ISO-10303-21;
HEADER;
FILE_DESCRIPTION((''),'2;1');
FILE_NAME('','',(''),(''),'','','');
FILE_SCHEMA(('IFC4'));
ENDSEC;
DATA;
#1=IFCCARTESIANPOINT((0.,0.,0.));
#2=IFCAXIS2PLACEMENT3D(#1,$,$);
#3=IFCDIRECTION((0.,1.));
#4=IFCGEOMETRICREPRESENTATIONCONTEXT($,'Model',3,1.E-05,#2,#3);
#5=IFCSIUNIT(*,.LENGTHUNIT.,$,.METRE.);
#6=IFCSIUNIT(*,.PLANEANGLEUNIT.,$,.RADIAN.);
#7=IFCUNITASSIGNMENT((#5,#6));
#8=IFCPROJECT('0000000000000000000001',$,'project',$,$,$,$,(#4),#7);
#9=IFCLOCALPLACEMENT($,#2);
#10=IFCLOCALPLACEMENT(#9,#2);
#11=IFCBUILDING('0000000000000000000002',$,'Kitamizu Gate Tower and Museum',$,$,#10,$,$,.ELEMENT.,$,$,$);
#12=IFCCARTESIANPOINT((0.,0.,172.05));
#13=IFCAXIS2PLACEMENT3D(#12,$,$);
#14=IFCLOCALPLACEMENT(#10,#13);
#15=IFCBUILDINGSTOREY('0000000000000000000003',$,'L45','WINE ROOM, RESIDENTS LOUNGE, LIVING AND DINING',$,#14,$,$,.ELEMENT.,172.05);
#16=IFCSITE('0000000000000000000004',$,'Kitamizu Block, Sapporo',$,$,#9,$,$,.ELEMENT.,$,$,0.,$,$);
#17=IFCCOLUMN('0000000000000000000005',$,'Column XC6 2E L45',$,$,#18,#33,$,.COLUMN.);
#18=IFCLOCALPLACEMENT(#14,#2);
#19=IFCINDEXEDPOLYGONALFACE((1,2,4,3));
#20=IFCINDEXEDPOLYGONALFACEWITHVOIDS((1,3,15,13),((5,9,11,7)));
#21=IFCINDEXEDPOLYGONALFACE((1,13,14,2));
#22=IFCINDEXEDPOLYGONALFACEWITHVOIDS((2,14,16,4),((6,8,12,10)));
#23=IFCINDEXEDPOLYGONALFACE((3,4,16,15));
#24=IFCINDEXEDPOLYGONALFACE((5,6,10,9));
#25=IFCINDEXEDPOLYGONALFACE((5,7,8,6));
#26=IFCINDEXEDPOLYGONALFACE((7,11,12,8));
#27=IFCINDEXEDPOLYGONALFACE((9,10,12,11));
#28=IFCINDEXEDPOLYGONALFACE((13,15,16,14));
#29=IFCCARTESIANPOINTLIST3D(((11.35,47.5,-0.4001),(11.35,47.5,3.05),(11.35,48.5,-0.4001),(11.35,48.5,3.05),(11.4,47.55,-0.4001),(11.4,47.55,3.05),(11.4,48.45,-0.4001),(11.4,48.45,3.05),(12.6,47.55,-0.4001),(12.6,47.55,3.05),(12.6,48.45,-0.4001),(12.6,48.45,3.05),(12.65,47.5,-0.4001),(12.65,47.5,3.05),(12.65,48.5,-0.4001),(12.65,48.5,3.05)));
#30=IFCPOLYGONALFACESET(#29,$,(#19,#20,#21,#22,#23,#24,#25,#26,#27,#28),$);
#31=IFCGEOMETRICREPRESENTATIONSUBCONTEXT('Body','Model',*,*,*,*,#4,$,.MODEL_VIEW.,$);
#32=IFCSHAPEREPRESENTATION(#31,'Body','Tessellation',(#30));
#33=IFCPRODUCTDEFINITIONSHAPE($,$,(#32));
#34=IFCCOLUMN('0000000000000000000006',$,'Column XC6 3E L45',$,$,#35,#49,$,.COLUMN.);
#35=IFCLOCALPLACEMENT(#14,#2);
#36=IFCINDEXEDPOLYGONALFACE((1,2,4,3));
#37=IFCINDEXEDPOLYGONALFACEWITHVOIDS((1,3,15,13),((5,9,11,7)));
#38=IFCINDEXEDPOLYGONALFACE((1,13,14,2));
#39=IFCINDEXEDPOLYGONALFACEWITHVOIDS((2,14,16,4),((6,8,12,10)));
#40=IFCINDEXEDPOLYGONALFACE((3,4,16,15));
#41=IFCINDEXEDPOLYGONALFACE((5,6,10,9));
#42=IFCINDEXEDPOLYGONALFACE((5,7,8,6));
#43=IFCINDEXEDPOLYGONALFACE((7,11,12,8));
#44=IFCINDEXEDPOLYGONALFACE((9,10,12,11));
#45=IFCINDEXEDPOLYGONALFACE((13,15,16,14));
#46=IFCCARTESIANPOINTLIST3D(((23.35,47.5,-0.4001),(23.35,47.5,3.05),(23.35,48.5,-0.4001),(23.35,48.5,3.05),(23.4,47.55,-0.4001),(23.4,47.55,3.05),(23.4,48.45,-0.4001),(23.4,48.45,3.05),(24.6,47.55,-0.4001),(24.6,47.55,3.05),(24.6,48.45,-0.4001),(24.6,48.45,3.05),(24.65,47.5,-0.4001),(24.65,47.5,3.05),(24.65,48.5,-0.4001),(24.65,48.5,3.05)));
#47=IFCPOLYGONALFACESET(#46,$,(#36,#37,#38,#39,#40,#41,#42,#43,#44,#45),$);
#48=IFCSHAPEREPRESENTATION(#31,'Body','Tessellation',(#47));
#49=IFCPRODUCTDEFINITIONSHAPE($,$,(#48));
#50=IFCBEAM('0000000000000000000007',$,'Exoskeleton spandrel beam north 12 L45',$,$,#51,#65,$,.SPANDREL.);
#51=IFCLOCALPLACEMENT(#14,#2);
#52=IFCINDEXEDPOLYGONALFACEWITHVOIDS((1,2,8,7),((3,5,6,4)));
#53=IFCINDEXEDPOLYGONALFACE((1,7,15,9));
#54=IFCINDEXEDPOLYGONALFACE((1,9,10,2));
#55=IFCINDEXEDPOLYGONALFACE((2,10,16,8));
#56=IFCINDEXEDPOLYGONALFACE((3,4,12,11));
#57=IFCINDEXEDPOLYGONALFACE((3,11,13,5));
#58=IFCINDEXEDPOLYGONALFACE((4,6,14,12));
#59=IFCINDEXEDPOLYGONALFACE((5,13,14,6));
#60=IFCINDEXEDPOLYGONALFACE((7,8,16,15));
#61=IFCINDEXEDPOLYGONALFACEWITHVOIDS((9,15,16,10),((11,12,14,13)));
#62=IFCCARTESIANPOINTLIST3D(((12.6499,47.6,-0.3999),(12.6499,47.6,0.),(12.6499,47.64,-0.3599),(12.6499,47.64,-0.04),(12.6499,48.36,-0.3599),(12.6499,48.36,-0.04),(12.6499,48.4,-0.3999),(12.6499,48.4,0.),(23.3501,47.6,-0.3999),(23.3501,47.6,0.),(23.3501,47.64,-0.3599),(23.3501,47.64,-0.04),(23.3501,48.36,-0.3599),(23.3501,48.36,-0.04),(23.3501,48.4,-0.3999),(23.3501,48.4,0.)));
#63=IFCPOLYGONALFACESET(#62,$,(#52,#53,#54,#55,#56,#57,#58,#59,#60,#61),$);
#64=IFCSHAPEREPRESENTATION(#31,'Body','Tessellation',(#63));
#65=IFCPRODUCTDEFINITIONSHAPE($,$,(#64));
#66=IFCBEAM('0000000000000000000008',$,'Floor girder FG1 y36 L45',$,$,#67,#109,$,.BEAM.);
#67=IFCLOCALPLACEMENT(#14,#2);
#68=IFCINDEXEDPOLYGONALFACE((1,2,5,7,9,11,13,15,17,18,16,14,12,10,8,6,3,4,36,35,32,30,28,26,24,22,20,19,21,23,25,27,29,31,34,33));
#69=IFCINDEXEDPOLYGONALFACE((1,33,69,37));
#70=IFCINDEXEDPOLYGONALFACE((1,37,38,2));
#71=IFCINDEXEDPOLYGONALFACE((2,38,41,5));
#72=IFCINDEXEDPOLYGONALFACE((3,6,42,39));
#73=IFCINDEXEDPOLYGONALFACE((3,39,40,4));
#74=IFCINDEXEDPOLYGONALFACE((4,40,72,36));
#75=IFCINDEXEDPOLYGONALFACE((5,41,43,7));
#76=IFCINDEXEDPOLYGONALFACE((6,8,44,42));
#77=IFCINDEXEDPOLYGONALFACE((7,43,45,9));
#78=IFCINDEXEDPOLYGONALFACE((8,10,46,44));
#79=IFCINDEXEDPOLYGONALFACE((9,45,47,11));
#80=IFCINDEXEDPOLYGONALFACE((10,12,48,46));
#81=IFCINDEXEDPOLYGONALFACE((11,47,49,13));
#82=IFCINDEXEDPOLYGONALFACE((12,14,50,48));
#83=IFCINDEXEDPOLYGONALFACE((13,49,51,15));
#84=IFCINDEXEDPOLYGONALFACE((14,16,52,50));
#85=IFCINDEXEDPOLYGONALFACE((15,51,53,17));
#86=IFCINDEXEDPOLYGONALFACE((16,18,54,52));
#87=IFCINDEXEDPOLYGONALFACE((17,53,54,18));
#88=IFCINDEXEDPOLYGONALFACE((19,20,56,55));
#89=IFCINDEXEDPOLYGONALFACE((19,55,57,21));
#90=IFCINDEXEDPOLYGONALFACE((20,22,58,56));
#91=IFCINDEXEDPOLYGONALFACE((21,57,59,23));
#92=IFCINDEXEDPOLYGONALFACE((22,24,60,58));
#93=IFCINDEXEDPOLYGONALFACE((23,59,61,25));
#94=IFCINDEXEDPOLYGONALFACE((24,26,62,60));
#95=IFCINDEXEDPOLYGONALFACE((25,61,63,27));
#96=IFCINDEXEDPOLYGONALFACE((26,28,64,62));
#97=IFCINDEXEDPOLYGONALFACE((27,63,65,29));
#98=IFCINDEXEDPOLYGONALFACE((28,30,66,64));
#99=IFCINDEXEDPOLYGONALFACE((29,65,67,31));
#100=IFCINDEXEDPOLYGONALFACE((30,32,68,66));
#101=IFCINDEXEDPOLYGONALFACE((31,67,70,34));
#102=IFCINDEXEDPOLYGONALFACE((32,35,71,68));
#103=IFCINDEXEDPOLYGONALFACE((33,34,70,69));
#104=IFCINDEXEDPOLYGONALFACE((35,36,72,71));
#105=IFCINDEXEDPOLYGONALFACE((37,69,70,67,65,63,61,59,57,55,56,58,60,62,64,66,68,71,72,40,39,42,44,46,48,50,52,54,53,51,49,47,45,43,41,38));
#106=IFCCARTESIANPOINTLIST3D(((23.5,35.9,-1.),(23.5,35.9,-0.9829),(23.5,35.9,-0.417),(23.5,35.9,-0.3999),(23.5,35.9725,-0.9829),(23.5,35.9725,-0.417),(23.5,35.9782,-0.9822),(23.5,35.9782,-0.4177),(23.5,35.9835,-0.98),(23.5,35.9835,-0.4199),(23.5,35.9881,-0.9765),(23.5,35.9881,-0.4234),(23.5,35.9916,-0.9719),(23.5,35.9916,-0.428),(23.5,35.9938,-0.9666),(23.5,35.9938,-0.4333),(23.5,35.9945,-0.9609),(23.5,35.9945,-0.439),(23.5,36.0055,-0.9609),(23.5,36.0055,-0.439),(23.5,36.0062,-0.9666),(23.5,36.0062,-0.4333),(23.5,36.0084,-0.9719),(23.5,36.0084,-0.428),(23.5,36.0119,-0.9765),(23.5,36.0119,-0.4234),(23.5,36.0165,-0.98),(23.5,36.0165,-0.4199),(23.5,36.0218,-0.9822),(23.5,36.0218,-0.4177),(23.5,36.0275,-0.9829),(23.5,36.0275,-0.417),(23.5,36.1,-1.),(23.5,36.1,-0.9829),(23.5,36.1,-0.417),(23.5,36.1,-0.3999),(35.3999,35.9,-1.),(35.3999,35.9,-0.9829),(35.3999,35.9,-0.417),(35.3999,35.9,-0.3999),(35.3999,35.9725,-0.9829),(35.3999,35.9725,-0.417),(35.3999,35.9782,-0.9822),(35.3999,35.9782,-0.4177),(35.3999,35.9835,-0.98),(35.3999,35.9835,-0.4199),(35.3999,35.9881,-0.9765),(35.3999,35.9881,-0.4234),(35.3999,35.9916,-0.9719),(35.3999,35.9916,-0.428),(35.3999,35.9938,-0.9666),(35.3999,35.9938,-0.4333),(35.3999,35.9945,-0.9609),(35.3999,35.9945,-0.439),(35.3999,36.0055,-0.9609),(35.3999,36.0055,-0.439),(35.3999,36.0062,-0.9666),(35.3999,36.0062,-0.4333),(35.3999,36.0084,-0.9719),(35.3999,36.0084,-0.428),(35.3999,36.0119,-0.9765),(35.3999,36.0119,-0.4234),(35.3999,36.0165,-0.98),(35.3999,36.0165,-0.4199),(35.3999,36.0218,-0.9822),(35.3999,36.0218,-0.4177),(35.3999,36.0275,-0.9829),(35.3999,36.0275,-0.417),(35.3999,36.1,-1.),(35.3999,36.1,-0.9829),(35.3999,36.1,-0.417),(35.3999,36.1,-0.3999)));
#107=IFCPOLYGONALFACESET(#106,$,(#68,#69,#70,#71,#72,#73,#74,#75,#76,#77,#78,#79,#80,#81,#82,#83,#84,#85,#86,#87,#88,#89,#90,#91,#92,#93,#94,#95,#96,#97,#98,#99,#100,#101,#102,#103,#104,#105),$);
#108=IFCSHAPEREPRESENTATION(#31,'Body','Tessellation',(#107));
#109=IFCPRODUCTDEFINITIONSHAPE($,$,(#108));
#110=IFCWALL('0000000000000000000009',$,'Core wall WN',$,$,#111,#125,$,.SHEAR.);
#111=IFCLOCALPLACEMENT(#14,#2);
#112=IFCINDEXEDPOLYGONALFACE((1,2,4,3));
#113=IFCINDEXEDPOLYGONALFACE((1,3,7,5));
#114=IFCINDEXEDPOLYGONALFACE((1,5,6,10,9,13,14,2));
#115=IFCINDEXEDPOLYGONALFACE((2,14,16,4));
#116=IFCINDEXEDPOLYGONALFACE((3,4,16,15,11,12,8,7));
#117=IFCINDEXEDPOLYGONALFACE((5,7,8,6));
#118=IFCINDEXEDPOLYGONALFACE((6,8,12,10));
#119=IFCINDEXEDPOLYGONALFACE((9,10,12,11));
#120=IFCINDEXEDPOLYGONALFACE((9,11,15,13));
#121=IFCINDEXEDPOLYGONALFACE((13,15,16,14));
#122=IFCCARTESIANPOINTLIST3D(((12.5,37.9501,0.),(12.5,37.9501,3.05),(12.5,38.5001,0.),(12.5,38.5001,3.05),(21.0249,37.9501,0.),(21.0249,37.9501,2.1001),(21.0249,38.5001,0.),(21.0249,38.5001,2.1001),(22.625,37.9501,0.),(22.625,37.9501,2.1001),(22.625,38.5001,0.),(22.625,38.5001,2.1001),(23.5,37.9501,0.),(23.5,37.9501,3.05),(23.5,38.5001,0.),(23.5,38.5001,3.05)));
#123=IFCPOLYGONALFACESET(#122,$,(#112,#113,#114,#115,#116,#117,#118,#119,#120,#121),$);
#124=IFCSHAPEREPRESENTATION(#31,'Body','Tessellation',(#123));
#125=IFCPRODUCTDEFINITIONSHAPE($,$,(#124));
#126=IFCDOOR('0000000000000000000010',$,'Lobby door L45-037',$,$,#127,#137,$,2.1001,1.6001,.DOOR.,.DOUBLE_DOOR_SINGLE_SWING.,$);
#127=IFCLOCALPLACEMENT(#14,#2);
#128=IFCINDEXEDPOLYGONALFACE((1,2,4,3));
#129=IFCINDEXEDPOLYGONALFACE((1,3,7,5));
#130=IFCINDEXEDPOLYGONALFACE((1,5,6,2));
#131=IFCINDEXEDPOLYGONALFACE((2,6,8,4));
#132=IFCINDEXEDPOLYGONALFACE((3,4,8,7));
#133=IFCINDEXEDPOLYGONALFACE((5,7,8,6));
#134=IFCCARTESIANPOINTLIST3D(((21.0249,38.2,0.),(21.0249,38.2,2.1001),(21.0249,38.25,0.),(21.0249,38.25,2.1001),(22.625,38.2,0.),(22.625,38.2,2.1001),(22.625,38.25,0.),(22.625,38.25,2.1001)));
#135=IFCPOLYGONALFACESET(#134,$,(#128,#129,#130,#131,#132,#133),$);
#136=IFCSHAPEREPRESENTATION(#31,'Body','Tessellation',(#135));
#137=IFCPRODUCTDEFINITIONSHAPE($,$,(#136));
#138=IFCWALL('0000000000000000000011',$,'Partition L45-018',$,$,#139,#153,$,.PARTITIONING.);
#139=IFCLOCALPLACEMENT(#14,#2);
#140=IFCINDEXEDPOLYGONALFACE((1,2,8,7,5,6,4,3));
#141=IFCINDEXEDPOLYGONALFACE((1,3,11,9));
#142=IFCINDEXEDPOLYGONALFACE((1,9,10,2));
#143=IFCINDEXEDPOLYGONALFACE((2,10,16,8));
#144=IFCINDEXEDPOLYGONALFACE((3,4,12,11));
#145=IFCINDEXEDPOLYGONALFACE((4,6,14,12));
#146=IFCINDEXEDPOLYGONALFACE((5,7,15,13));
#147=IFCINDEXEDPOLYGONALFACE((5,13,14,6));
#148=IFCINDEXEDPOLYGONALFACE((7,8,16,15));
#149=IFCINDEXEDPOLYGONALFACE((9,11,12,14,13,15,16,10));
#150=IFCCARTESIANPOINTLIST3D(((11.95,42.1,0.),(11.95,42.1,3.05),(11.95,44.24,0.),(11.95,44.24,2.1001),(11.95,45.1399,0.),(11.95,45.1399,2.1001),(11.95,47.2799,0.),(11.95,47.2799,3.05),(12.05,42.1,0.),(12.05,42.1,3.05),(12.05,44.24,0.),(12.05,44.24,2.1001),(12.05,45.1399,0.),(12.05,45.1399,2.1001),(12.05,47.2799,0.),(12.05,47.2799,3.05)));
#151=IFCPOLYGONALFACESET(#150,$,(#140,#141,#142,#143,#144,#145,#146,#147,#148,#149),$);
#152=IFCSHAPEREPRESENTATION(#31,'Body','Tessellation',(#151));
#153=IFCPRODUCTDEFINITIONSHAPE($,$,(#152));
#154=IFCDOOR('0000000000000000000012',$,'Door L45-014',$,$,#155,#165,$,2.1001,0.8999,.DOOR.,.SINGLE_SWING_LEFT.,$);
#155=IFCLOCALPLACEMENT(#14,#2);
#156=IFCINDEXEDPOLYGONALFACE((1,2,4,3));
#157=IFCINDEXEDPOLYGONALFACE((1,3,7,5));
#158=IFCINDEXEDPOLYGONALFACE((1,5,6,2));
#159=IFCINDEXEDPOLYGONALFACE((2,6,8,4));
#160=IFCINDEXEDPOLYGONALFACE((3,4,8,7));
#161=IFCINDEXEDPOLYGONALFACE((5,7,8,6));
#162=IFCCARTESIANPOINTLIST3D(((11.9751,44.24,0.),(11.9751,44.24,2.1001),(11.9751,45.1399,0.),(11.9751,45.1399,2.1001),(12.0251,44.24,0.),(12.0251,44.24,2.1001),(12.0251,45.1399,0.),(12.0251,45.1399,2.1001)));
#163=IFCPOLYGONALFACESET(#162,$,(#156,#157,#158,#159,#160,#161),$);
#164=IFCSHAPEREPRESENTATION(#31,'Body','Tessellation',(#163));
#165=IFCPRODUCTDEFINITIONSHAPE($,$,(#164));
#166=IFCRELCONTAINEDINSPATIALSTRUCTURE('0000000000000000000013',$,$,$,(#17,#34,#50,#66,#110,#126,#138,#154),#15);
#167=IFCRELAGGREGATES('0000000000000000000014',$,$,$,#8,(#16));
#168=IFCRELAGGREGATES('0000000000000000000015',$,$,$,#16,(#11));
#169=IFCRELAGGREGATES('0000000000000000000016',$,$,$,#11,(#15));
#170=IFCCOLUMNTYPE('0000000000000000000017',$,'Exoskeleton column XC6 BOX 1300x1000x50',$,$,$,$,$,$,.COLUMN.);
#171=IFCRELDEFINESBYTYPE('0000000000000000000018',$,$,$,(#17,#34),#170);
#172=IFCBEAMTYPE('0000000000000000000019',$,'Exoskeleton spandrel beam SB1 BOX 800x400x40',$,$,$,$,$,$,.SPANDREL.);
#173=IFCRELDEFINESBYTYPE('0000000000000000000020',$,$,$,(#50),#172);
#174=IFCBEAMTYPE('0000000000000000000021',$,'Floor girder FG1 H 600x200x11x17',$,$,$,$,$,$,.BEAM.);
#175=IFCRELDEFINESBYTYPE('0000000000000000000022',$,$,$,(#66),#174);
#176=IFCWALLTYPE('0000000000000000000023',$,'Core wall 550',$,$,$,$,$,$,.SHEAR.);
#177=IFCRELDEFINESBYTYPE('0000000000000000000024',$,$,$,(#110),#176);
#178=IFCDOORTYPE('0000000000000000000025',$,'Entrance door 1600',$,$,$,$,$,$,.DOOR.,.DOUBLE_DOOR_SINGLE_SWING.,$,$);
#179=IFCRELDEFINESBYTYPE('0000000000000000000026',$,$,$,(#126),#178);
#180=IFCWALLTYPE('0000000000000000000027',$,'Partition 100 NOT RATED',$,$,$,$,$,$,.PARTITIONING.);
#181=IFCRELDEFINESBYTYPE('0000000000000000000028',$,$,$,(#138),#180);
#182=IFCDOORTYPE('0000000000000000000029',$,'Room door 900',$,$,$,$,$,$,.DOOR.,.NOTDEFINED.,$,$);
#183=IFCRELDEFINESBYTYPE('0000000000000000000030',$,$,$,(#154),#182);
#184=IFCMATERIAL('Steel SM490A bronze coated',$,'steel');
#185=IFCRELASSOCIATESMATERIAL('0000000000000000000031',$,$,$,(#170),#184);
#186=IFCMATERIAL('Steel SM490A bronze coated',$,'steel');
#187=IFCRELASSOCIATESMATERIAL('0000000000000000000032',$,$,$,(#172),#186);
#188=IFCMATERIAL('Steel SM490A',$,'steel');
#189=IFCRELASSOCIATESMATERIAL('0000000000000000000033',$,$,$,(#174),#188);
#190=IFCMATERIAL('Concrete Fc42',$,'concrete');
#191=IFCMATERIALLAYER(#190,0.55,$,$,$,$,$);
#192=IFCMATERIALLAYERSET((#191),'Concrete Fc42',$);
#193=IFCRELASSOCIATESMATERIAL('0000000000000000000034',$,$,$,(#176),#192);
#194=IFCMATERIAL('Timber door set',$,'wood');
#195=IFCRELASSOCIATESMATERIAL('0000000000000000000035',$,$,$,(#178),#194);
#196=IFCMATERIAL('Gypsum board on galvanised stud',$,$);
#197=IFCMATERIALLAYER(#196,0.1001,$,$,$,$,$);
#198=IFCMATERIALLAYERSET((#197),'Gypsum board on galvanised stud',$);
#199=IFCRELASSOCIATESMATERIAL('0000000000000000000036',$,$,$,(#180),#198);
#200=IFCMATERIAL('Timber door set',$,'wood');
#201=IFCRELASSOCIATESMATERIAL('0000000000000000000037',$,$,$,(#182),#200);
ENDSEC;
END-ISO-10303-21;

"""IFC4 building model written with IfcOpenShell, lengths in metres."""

from ifc_helpers import new_model, si_unit, direction, frame, frame_2d, origin, origin_2d, place, context, subcontext, project, spatial, rectangle, hollow_rectangle, i_section, extrude, material, layer, layer_set, material_profile, profile_set, type_object, element, fill, save


model = new_model("IFC4")

# Units and contexts
model_context = context("Model", 3, precision=1e-05, world=origin(), true_north=direction((0.0, 1.0)))
body_context = subcontext(model_context, "Body", "Model", "MODEL_VIEW")
ifc_project = project(units=[si_unit("LENGTHUNIT", "METRE"), si_unit("PLANEANGLEUNIT", "RADIAN")], contexts=[model_context])

# Site, building, storey
site_placement = place(None, origin())
site = spatial("IfcSite", under=ifc_project, at=site_placement, Name="Kitamizu Block, Sapporo", CompositionType="ELEMENT", RefElevation=0.0)
building_placement = place(site_placement, origin())
building = spatial("IfcBuilding", under=site, at=building_placement, Name="Kitamizu Gate Tower and Museum", CompositionType="ELEMENT")
storey_placement = place(building_placement, frame((0.0, 0.0, 172.05)))
storey = spatial("IfcBuildingStorey", under=building, at=storey_placement, Name="L45", Description="WINE ROOM, RESIDENTS LOUNGE, LIVING AND DINING", CompositionType="ELEMENT", Elevation=172.05)

# Columns
ifc_material_1 = material(Name="Steel SM490A bronze coated", Category="steel")
ifc_material_profile_1 = material_profile(ifc_material_1, hollow_rectangle(XDim=1.3, YDim=1.0, WallThickness=0.05, at=origin_2d()), Name="BOX 1300x1000x50")
ifc_profile_set_1 = profile_set([ifc_material_profile_1], Name="Steel SM490A bronze coated")
column_type = type_object("IfcColumnType", Name="Exoskeleton column XC6 BOX 1300x1000x50", PredefinedType="COLUMN", material=ifc_profile_set_1)
for number, where, z_axis, x_axis, name in (
    (1, (12.0, 48.0, -0.4001), (0.0, 0.0, 1.0), (1.0, 0.0, 0.0), "Column XC6 2E L45"),
    (2, (24.0, 48.0, -0.4001), (0.0, 0.0, 1.0), (1.0, 0.0, 0.0), "Column XC6 3E L45"),
):
    element("IfcColumn", number, at=place(storey_placement, frame(where, z_axis=z_axis, x_axis=x_axis)), inside=storey, type_object=column_type, Name=name, PredefinedType="COLUMN", context=body_context, shape_type="SweptSolid", body=[
        extrude(hollow_rectangle(XDim=1.3, YDim=1.0, WallThickness=0.05, at=origin_2d()), origin(), (0.0, 0.0, 1.0), 3.4502),
    ])

# Beams
ifc_material_2 = material(Name="Steel SM490A bronze coated", Category="steel")
ifc_material_profile_2 = material_profile(ifc_material_2, hollow_rectangle(XDim=0.8, YDim=0.3999, WallThickness=0.04, at=origin_2d()), Name="BOX 800x400x40")
ifc_profile_set_2 = profile_set([ifc_material_profile_2], Name="Steel SM490A bronze coated")
beam_type_1 = type_object("IfcBeamType", Name="Exoskeleton spandrel beam SB1 BOX 800x400x40", PredefinedType="SPANDREL", material=ifc_profile_set_2)
beam_1_placement = place(storey_placement, frame((12.6499, 48.0, -0.2), z_axis=(1.0, 0.0, 0.0), x_axis=(0.0, 1.0, 0.0)))
element("IfcBeam", 3, at=beam_1_placement, inside=storey, type_object=beam_type_1, Name="Exoskeleton spandrel beam north 12 L45", PredefinedType="SPANDREL", context=body_context, shape_type="SweptSolid", body=[
    extrude(hollow_rectangle(XDim=0.8, YDim=0.3999, WallThickness=0.04, at=origin_2d()), origin(), (0.0, 0.0, 1.0), 10.7002),
])
ifc_material_3 = material(Name="Steel SM490A", Category="steel")
ifc_material_profile_3 = material_profile(ifc_material_3, i_section(OverallWidth=0.2, OverallDepth=0.6001, WebThickness=0.011, FlangeThickness=0.0171, FilletRadius=0.022, at=origin_2d()), Name="H-600x200x11x17")
ifc_profile_set_3 = profile_set([ifc_material_profile_3], Name="Steel SM490A")
beam_type_2 = type_object("IfcBeamType", Name="Floor girder FG1 H 600x200x11x17", PredefinedType="BEAM", material=ifc_profile_set_3)
beam_2_placement = place(storey_placement, frame((23.5, 36.0, -0.7), z_axis=(1.0, 0.0, 0.0), x_axis=(0.0, 1.0, 0.0)))
element("IfcBeam", 4, at=beam_2_placement, inside=storey, type_object=beam_type_2, Name="Floor girder FG1 y36 L45", PredefinedType="BEAM", context=body_context, shape_type="SweptSolid", body=[
    extrude(i_section(OverallWidth=0.2, OverallDepth=0.6001, WebThickness=0.011, FlangeThickness=0.0171, FilletRadius=0.022, at=origin_2d()), origin(), (0.0, 0.0, 1.0), 11.8999),
])

# Walls, openings, doors
ifc_material_4 = material(Name="Concrete Fc42", Category="concrete")
ifc_layer_1 = layer(ifc_material_4, 0.55)
ifc_layer_set_1 = layer_set([ifc_layer_1], Name="Concrete Fc42")
wall_type_1 = type_object("IfcWallType", Name="Core wall 550", PredefinedType="SHEAR", material=ifc_layer_set_1)
wall_1_placement = place(storey_placement, frame((12.5, 38.2251, 0.0), z_axis=(0.0, 0.0, 1.0), x_axis=(1.0, 0.0, 0.0)))
wall_1 = element("IfcWall", 5, at=wall_1_placement, inside=storey, type_object=wall_type_1, Name="Core wall WN", PredefinedType="SHEAR", context=body_context, shape_type="SweptSolid", body=[
    extrude(rectangle(XDim=11.0, YDim=0.55, at=frame_2d((5.5, 0.0))), origin(), (0.0, 0.0, 1.0), 3.05),
])
opening_1_placement = place(wall_1_placement, frame((8.5249, 0.0, 0.0)))
opening_1 = element("IfcOpeningElement", 6, at=opening_1_placement, cuts=wall_1, PredefinedType="OPENING", context=body_context, shape_type="SweptSolid", body=[
    extrude(rectangle(XDim=1.6001, YDim=2.1001, at=frame_2d((0.8, 1.05))), frame((0.0, 0.2852, 0.0), z_axis=(0.0, -1.0, 0.0), x_axis=(1.0, 0.0, 0.0)), (0.0, 0.0, 1.0), 0.5701),
])
ifc_material_5 = material(Name="Timber door set", Category="wood")
door_type_1 = type_object("IfcDoorType", Name="Entrance door 1600", OperationType="DOUBLE_DOOR_SINGLE_SWING", PredefinedType="DOOR", material=ifc_material_5)
door_1_placement = place(opening_1_placement, origin())
door_1 = element("IfcDoor", 7, at=door_1_placement, inside=storey, type_object=door_type_1, Name="Lobby door L45-037", OperationType="DOUBLE_DOOR_SINGLE_SWING", OverallHeight=2.1001, OverallWidth=1.6001, PredefinedType="DOOR", context=body_context, shape_type="SweptSolid", body=[
    extrude(rectangle(XDim=1.6001, YDim=2.1001, at=frame_2d((0.8, 1.05))), frame((0.0, 0.0249, 0.0), z_axis=(0.0, -1.0, 0.0), x_axis=(1.0, 0.0, 0.0)), (0.0, 0.0, 1.0), 0.05),
])
fill(opening_1, door_1)
ifc_material_6 = material(Name="Gypsum board on galvanised stud")
ifc_layer_2 = layer(ifc_material_6, 0.1001)
ifc_layer_set_2 = layer_set([ifc_layer_2], Name="Gypsum board on galvanised stud")
wall_type_2 = type_object("IfcWallType", Name="Partition 100 NOT RATED", PredefinedType="PARTITIONING", material=ifc_layer_set_2)
wall_2_placement = place(storey_placement, frame((12.0, 42.1001, 0.0), z_axis=(0.0, 0.0, 1.0), x_axis=(0.0, 1.0, 0.0)))
wall_2 = element("IfcWall", 8, at=wall_2_placement, inside=storey, type_object=wall_type_2, Name="Partition L45-018", PredefinedType="PARTITIONING", context=body_context, shape_type="SweptSolid", body=[
    extrude(rectangle(XDim=5.1799, YDim=0.1001, at=frame_2d((2.5898, 0.0))), origin(), (0.0, 0.0, 1.0), 3.05),
])
opening_2_placement = place(wall_2_placement, frame((2.1399, 0.0, 0.0)))
opening_2 = element("IfcOpeningElement", 9, at=opening_2_placement, cuts=wall_2, PredefinedType="OPENING", context=body_context, shape_type="SweptSolid", body=[
    extrude(rectangle(XDim=0.8999, YDim=2.1001, at=frame_2d((0.45, 1.05))), frame((0.0, 0.0601, 0.0), z_axis=(0.0, -1.0, 0.0), x_axis=(1.0, 0.0, 0.0)), (0.0, 0.0, 1.0), 0.1201),
])
ifc_material_7 = material(Name="Timber door set", Category="wood")
door_type_2 = type_object("IfcDoorType", Name="Room door 900", OperationType="NOTDEFINED", PredefinedType="DOOR", material=ifc_material_7)
door_2_placement = place(opening_2_placement, origin())
door_2 = element("IfcDoor", 10, at=door_2_placement, inside=storey, type_object=door_type_2, Name="Door L45-014", OperationType="SINGLE_SWING_LEFT", OverallHeight=2.1001, OverallWidth=0.8999, PredefinedType="DOOR", context=body_context, shape_type="SweptSolid", body=[
    extrude(rectangle(XDim=0.8999, YDim=2.1001, at=frame_2d((0.45, 1.05))), frame((0.0, 0.0249, 0.0), z_axis=(0.0, -1.0, 0.0), x_axis=(1.0, 0.0, 0.0)), (0.0, 0.0, 1.0), 0.05),
])
fill(opening_2, door_2)

save(model, "model.ifc")
